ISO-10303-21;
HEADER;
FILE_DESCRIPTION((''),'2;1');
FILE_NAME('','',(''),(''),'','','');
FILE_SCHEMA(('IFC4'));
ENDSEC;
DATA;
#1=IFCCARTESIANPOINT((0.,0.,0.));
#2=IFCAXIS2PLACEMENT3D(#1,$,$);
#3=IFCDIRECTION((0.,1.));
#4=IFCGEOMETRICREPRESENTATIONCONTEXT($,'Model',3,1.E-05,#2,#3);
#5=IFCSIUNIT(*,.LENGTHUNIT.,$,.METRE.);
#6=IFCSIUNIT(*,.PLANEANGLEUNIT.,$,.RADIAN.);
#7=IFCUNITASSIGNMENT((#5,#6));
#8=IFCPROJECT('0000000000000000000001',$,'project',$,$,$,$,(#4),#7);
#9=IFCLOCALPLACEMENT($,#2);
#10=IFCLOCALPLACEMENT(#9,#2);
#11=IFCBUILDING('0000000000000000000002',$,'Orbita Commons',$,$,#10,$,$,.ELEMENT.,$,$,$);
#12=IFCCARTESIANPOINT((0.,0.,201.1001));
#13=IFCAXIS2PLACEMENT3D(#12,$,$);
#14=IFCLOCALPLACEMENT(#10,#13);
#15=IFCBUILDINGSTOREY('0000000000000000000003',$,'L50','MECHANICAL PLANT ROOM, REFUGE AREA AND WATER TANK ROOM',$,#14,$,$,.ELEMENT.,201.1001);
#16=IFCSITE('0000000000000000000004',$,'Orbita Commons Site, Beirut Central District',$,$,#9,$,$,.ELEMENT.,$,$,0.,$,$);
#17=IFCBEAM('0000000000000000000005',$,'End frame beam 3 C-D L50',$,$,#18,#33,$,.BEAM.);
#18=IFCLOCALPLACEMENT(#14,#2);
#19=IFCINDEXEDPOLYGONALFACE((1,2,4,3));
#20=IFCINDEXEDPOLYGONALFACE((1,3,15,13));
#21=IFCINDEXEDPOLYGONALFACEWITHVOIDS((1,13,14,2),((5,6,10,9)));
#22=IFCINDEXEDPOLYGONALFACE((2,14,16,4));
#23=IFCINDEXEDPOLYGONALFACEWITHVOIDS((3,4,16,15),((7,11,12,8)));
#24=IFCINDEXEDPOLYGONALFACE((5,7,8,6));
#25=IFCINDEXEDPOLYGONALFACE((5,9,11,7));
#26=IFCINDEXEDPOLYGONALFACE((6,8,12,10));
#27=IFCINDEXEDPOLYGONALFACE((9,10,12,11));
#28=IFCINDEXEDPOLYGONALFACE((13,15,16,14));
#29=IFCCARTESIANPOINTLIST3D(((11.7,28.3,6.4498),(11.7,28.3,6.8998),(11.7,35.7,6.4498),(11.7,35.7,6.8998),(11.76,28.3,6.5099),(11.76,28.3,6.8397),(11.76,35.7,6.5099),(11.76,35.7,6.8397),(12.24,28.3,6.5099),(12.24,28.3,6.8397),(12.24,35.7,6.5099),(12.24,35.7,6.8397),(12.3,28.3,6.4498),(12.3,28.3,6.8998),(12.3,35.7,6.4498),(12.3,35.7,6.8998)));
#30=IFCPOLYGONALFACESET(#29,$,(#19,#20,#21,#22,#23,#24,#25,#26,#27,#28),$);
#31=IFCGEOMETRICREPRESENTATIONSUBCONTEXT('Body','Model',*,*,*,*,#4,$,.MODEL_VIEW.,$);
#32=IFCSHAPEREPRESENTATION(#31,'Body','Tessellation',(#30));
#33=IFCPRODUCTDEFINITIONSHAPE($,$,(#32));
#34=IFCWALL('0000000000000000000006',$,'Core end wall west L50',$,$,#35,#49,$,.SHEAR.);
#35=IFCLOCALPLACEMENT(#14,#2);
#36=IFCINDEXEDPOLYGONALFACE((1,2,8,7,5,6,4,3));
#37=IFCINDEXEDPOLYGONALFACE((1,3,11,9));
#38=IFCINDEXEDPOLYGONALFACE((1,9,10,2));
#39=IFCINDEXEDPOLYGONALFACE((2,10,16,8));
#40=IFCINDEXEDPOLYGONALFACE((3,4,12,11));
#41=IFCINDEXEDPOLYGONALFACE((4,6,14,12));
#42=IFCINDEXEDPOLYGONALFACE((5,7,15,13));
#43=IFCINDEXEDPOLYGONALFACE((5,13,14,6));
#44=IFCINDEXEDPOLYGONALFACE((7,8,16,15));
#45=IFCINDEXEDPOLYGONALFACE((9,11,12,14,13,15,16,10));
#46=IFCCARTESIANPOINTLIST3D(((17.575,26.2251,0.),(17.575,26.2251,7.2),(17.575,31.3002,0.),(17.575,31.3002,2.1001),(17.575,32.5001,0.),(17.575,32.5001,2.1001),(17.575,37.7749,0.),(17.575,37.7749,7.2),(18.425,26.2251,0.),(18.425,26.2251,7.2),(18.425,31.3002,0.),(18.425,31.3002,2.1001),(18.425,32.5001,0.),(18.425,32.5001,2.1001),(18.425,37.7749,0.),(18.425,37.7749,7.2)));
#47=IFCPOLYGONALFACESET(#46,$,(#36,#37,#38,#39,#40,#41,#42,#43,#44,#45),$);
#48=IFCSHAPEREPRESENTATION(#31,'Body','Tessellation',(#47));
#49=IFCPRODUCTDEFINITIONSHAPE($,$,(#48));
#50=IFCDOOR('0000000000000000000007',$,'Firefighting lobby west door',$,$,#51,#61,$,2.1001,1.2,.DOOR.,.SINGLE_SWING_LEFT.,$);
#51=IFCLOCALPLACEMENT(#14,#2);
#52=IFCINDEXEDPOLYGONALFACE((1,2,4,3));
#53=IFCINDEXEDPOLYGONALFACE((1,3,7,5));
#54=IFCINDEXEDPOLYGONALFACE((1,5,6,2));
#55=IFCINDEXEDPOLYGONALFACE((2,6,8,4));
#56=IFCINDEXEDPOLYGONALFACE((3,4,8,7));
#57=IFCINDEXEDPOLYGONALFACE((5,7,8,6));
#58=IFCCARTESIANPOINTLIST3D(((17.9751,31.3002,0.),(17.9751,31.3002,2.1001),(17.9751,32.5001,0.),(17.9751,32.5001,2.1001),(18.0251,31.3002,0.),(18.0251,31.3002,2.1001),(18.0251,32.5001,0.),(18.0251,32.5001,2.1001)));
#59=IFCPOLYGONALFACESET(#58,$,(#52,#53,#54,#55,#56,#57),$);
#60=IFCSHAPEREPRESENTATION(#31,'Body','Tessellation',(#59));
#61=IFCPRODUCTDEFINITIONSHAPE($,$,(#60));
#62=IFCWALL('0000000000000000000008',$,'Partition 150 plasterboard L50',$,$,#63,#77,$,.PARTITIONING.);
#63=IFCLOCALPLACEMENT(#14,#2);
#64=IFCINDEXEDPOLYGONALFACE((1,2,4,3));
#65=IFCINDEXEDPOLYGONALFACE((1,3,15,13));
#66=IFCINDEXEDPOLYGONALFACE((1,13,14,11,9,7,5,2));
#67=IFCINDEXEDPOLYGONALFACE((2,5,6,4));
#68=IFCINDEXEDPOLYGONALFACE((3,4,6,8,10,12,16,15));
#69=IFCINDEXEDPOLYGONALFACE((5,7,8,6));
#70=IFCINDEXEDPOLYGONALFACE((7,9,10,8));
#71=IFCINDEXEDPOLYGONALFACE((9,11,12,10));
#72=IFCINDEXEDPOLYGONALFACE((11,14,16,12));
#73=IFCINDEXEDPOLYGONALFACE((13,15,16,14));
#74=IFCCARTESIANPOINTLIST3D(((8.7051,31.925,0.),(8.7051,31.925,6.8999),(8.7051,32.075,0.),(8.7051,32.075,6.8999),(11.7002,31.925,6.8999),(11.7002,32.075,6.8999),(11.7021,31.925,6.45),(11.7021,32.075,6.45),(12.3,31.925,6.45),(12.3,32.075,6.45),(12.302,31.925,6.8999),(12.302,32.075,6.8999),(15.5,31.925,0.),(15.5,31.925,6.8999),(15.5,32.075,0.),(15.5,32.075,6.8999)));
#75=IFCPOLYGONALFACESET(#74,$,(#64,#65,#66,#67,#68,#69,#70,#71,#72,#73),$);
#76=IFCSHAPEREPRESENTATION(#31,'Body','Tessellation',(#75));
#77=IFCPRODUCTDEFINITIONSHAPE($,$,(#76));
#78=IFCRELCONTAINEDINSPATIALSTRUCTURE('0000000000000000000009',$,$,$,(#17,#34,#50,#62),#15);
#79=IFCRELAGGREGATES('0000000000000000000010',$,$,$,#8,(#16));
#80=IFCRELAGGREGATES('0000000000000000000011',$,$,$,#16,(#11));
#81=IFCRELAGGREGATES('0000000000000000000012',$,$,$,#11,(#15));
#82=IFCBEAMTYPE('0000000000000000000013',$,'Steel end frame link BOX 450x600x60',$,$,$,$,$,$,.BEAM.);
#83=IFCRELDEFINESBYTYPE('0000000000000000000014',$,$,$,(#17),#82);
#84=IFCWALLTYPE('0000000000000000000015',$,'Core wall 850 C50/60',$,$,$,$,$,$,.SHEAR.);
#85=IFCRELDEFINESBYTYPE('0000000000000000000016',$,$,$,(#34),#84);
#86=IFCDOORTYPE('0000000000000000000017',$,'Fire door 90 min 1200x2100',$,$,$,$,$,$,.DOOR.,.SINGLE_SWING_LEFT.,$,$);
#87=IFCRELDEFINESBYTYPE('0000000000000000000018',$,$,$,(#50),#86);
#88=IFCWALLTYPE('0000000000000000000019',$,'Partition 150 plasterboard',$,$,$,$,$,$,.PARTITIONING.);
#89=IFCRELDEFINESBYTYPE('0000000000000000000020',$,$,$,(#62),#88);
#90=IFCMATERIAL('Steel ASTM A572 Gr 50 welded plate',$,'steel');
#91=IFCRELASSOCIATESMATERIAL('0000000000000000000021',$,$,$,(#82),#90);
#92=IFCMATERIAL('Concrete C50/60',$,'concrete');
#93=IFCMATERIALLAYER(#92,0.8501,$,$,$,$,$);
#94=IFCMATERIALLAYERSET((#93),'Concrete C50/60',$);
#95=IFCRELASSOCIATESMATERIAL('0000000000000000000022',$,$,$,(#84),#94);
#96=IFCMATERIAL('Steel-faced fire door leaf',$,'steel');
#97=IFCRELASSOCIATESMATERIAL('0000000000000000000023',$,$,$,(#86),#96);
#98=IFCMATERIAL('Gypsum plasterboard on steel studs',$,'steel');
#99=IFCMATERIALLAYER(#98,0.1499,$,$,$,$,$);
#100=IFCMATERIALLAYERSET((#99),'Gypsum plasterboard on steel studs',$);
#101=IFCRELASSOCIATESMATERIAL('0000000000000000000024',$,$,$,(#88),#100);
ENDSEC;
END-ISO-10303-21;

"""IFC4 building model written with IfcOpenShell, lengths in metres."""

from ifc_helpers import new_model, si_unit, direction, frame, frame_2d, origin, origin_2d, place, context, subcontext, project, spatial, polyline, rectangle, hollow_rectangle, outline, extrude, material, layer, layer_set, material_profile, profile_set, type_object, element, fill, save


model = new_model("IFC4")

# Units and contexts
model_context = context("Model", 3, precision=1e-05, world=origin(), true_north=direction((0.0, 1.0)))
body_context = subcontext(model_context, "Body", "Model", "MODEL_VIEW")
ifc_project = project(units=[si_unit("LENGTHUNIT", "METRE"), si_unit("PLANEANGLEUNIT", "RADIAN")], contexts=[model_context])

# Site, building, storey
site_placement = place(None, origin())
site = spatial("IfcSite", under=ifc_project, at=site_placement, Name="Orbita Commons Site, Beirut Central District", CompositionType="ELEMENT", RefElevation=0.0)
building_placement = place(site_placement, origin())
building = spatial("IfcBuilding", under=site, at=building_placement, Name="Orbita Commons", CompositionType="ELEMENT")
storey_placement = place(building_placement, frame((0.0, 0.0, 201.1001)))
storey = spatial("IfcBuildingStorey", under=building, at=storey_placement, Name="L50", Description="MECHANICAL PLANT ROOM, REFUGE AREA AND WATER TANK ROOM", CompositionType="ELEMENT", Elevation=201.1001)

# Beam
ifc_material_1 = material(Name="Steel ASTM A572 Gr 50 welded plate", Category="steel")
ifc_material_profile = material_profile(ifc_material_1, hollow_rectangle(XDim=0.6001, YDim=0.45, WallThickness=0.0601, at=origin_2d()), Name="BOX 450x600x60")
ifc_profile_set = profile_set([ifc_material_profile], Name="Steel ASTM A572 Gr 50 welded plate")
beam_type = type_object("IfcBeamType", Name="Steel end frame link BOX 450x600x60", PredefinedType="BEAM", material=ifc_profile_set)
beam_placement = place(storey_placement, frame((12.0, 28.3, 6.6748), z_axis=(0.0, 1.0, 0.0), x_axis=(-1.0, 0.0, 0.0)))
element("IfcBeam", 1, at=beam_placement, inside=storey, type_object=beam_type, Name="End frame beam 3 C-D L50", PredefinedType="BEAM", context=body_context, shape_type="SweptSolid", body=[
    extrude(hollow_rectangle(XDim=0.6001, YDim=0.45, WallThickness=0.0601, at=origin_2d()), origin(), (0.0, 0.0, 1.0), 7.3999),
])

# Wall, opening, door
ifc_material_2 = material(Name="Concrete C50/60", Category="concrete")
ifc_layer_1 = layer(ifc_material_2, 0.8501)
ifc_layer_set_1 = layer_set([ifc_layer_1], Name="Concrete C50/60")
wall_type_1 = type_object("IfcWallType", Name="Core wall 850 C50/60", PredefinedType="SHEAR", material=ifc_layer_set_1)
wall_1_placement = place(storey_placement, frame((18.0, 26.2251, 0.0), z_axis=(0.0, 0.0, 1.0), x_axis=(0.0, 1.0, 0.0)))
wall_1 = element("IfcWall", 2, at=wall_1_placement, inside=storey, type_object=wall_type_1, Name="Core end wall west L50", PredefinedType="SHEAR", context=body_context, shape_type="SweptSolid", body=[
    extrude(rectangle(XDim=11.5498, YDim=0.8501, at=frame_2d((5.7749, 0.0))), origin(), (0.0, 0.0, 1.0), 7.2),
])
opening_placement = place(wall_1_placement, frame((5.075, 0.0, 0.0)))
opening = element("IfcOpeningElement", 3, at=opening_placement, cuts=wall_1, PredefinedType="OPENING", context=body_context, shape_type="SweptSolid", body=[
    extrude(rectangle(XDim=1.2, YDim=2.1001, at=frame_2d((0.6001, 1.05))), frame((0.0, 0.4351, 0.0), z_axis=(0.0, -1.0, 0.0), x_axis=(1.0, 0.0, 0.0)), (0.0, 0.0, 1.0), 0.8701),
])
ifc_material_3 = material(Name="Steel-faced fire door leaf", Category="steel")
door_type = type_object("IfcDoorType", Name="Fire door 90 min 1200x2100", OperationType="SINGLE_SWING_LEFT", PredefinedType="DOOR", material=ifc_material_3)
door_placement = place(opening_placement, origin())
door = element("IfcDoor", 4, at=door_placement, inside=storey, type_object=door_type, Name="Firefighting lobby west door", OperationType="SINGLE_SWING_LEFT", OverallHeight=2.1001, OverallWidth=1.2, PredefinedType="DOOR", context=body_context, shape_type="SweptSolid", body=[
    extrude(rectangle(XDim=1.2, YDim=2.1001, at=frame_2d((0.6001, 1.05))), frame((0.0, 0.0249, 0.0), z_axis=(0.0, -1.0, 0.0), x_axis=(1.0, 0.0, 0.0)), (0.0, 0.0, 1.0), 0.05),
])
fill(opening, door)

# Wall
ifc_material_4 = material(Name="Gypsum plasterboard on steel studs", Category="steel")
ifc_layer_2 = layer(ifc_material_4, 0.1499)
ifc_layer_set_2 = layer_set([ifc_layer_2], Name="Gypsum plasterboard on steel studs")
wall_type_2 = type_object("IfcWallType", Name="Partition 150 plasterboard", PredefinedType="PARTITIONING", material=ifc_layer_set_2)
wall_2_placement = place(storey_placement, frame((8.7051, 32.0, 0.0), z_axis=(0.0, 0.0, 1.0), x_axis=(1.0, 0.0, 0.0)))
element("IfcWall", 5, at=wall_2_placement, inside=storey, type_object=wall_type_2, Name="Partition 150 plasterboard L50", PredefinedType="PARTITIONING", context=body_context, shape_type="SweptSolid", body=[
    extrude(outline(polyline([(0.0, 0.0), (6.7949, 0.0), (6.7949, 6.8999), (3.5969, 6.8999), (3.595, 6.45), (2.9971, 6.45), (2.9951, 6.8999), (0.0, 6.8999), (0.0, 0.0)])), frame((0.0, 0.075, 0.0), z_axis=(0.0, -1.0, 0.0), x_axis=(1.0, 0.0, 0.0)), (0.0, 0.0, 1.0), 0.1499),
])

save(model, "model.ifc")
